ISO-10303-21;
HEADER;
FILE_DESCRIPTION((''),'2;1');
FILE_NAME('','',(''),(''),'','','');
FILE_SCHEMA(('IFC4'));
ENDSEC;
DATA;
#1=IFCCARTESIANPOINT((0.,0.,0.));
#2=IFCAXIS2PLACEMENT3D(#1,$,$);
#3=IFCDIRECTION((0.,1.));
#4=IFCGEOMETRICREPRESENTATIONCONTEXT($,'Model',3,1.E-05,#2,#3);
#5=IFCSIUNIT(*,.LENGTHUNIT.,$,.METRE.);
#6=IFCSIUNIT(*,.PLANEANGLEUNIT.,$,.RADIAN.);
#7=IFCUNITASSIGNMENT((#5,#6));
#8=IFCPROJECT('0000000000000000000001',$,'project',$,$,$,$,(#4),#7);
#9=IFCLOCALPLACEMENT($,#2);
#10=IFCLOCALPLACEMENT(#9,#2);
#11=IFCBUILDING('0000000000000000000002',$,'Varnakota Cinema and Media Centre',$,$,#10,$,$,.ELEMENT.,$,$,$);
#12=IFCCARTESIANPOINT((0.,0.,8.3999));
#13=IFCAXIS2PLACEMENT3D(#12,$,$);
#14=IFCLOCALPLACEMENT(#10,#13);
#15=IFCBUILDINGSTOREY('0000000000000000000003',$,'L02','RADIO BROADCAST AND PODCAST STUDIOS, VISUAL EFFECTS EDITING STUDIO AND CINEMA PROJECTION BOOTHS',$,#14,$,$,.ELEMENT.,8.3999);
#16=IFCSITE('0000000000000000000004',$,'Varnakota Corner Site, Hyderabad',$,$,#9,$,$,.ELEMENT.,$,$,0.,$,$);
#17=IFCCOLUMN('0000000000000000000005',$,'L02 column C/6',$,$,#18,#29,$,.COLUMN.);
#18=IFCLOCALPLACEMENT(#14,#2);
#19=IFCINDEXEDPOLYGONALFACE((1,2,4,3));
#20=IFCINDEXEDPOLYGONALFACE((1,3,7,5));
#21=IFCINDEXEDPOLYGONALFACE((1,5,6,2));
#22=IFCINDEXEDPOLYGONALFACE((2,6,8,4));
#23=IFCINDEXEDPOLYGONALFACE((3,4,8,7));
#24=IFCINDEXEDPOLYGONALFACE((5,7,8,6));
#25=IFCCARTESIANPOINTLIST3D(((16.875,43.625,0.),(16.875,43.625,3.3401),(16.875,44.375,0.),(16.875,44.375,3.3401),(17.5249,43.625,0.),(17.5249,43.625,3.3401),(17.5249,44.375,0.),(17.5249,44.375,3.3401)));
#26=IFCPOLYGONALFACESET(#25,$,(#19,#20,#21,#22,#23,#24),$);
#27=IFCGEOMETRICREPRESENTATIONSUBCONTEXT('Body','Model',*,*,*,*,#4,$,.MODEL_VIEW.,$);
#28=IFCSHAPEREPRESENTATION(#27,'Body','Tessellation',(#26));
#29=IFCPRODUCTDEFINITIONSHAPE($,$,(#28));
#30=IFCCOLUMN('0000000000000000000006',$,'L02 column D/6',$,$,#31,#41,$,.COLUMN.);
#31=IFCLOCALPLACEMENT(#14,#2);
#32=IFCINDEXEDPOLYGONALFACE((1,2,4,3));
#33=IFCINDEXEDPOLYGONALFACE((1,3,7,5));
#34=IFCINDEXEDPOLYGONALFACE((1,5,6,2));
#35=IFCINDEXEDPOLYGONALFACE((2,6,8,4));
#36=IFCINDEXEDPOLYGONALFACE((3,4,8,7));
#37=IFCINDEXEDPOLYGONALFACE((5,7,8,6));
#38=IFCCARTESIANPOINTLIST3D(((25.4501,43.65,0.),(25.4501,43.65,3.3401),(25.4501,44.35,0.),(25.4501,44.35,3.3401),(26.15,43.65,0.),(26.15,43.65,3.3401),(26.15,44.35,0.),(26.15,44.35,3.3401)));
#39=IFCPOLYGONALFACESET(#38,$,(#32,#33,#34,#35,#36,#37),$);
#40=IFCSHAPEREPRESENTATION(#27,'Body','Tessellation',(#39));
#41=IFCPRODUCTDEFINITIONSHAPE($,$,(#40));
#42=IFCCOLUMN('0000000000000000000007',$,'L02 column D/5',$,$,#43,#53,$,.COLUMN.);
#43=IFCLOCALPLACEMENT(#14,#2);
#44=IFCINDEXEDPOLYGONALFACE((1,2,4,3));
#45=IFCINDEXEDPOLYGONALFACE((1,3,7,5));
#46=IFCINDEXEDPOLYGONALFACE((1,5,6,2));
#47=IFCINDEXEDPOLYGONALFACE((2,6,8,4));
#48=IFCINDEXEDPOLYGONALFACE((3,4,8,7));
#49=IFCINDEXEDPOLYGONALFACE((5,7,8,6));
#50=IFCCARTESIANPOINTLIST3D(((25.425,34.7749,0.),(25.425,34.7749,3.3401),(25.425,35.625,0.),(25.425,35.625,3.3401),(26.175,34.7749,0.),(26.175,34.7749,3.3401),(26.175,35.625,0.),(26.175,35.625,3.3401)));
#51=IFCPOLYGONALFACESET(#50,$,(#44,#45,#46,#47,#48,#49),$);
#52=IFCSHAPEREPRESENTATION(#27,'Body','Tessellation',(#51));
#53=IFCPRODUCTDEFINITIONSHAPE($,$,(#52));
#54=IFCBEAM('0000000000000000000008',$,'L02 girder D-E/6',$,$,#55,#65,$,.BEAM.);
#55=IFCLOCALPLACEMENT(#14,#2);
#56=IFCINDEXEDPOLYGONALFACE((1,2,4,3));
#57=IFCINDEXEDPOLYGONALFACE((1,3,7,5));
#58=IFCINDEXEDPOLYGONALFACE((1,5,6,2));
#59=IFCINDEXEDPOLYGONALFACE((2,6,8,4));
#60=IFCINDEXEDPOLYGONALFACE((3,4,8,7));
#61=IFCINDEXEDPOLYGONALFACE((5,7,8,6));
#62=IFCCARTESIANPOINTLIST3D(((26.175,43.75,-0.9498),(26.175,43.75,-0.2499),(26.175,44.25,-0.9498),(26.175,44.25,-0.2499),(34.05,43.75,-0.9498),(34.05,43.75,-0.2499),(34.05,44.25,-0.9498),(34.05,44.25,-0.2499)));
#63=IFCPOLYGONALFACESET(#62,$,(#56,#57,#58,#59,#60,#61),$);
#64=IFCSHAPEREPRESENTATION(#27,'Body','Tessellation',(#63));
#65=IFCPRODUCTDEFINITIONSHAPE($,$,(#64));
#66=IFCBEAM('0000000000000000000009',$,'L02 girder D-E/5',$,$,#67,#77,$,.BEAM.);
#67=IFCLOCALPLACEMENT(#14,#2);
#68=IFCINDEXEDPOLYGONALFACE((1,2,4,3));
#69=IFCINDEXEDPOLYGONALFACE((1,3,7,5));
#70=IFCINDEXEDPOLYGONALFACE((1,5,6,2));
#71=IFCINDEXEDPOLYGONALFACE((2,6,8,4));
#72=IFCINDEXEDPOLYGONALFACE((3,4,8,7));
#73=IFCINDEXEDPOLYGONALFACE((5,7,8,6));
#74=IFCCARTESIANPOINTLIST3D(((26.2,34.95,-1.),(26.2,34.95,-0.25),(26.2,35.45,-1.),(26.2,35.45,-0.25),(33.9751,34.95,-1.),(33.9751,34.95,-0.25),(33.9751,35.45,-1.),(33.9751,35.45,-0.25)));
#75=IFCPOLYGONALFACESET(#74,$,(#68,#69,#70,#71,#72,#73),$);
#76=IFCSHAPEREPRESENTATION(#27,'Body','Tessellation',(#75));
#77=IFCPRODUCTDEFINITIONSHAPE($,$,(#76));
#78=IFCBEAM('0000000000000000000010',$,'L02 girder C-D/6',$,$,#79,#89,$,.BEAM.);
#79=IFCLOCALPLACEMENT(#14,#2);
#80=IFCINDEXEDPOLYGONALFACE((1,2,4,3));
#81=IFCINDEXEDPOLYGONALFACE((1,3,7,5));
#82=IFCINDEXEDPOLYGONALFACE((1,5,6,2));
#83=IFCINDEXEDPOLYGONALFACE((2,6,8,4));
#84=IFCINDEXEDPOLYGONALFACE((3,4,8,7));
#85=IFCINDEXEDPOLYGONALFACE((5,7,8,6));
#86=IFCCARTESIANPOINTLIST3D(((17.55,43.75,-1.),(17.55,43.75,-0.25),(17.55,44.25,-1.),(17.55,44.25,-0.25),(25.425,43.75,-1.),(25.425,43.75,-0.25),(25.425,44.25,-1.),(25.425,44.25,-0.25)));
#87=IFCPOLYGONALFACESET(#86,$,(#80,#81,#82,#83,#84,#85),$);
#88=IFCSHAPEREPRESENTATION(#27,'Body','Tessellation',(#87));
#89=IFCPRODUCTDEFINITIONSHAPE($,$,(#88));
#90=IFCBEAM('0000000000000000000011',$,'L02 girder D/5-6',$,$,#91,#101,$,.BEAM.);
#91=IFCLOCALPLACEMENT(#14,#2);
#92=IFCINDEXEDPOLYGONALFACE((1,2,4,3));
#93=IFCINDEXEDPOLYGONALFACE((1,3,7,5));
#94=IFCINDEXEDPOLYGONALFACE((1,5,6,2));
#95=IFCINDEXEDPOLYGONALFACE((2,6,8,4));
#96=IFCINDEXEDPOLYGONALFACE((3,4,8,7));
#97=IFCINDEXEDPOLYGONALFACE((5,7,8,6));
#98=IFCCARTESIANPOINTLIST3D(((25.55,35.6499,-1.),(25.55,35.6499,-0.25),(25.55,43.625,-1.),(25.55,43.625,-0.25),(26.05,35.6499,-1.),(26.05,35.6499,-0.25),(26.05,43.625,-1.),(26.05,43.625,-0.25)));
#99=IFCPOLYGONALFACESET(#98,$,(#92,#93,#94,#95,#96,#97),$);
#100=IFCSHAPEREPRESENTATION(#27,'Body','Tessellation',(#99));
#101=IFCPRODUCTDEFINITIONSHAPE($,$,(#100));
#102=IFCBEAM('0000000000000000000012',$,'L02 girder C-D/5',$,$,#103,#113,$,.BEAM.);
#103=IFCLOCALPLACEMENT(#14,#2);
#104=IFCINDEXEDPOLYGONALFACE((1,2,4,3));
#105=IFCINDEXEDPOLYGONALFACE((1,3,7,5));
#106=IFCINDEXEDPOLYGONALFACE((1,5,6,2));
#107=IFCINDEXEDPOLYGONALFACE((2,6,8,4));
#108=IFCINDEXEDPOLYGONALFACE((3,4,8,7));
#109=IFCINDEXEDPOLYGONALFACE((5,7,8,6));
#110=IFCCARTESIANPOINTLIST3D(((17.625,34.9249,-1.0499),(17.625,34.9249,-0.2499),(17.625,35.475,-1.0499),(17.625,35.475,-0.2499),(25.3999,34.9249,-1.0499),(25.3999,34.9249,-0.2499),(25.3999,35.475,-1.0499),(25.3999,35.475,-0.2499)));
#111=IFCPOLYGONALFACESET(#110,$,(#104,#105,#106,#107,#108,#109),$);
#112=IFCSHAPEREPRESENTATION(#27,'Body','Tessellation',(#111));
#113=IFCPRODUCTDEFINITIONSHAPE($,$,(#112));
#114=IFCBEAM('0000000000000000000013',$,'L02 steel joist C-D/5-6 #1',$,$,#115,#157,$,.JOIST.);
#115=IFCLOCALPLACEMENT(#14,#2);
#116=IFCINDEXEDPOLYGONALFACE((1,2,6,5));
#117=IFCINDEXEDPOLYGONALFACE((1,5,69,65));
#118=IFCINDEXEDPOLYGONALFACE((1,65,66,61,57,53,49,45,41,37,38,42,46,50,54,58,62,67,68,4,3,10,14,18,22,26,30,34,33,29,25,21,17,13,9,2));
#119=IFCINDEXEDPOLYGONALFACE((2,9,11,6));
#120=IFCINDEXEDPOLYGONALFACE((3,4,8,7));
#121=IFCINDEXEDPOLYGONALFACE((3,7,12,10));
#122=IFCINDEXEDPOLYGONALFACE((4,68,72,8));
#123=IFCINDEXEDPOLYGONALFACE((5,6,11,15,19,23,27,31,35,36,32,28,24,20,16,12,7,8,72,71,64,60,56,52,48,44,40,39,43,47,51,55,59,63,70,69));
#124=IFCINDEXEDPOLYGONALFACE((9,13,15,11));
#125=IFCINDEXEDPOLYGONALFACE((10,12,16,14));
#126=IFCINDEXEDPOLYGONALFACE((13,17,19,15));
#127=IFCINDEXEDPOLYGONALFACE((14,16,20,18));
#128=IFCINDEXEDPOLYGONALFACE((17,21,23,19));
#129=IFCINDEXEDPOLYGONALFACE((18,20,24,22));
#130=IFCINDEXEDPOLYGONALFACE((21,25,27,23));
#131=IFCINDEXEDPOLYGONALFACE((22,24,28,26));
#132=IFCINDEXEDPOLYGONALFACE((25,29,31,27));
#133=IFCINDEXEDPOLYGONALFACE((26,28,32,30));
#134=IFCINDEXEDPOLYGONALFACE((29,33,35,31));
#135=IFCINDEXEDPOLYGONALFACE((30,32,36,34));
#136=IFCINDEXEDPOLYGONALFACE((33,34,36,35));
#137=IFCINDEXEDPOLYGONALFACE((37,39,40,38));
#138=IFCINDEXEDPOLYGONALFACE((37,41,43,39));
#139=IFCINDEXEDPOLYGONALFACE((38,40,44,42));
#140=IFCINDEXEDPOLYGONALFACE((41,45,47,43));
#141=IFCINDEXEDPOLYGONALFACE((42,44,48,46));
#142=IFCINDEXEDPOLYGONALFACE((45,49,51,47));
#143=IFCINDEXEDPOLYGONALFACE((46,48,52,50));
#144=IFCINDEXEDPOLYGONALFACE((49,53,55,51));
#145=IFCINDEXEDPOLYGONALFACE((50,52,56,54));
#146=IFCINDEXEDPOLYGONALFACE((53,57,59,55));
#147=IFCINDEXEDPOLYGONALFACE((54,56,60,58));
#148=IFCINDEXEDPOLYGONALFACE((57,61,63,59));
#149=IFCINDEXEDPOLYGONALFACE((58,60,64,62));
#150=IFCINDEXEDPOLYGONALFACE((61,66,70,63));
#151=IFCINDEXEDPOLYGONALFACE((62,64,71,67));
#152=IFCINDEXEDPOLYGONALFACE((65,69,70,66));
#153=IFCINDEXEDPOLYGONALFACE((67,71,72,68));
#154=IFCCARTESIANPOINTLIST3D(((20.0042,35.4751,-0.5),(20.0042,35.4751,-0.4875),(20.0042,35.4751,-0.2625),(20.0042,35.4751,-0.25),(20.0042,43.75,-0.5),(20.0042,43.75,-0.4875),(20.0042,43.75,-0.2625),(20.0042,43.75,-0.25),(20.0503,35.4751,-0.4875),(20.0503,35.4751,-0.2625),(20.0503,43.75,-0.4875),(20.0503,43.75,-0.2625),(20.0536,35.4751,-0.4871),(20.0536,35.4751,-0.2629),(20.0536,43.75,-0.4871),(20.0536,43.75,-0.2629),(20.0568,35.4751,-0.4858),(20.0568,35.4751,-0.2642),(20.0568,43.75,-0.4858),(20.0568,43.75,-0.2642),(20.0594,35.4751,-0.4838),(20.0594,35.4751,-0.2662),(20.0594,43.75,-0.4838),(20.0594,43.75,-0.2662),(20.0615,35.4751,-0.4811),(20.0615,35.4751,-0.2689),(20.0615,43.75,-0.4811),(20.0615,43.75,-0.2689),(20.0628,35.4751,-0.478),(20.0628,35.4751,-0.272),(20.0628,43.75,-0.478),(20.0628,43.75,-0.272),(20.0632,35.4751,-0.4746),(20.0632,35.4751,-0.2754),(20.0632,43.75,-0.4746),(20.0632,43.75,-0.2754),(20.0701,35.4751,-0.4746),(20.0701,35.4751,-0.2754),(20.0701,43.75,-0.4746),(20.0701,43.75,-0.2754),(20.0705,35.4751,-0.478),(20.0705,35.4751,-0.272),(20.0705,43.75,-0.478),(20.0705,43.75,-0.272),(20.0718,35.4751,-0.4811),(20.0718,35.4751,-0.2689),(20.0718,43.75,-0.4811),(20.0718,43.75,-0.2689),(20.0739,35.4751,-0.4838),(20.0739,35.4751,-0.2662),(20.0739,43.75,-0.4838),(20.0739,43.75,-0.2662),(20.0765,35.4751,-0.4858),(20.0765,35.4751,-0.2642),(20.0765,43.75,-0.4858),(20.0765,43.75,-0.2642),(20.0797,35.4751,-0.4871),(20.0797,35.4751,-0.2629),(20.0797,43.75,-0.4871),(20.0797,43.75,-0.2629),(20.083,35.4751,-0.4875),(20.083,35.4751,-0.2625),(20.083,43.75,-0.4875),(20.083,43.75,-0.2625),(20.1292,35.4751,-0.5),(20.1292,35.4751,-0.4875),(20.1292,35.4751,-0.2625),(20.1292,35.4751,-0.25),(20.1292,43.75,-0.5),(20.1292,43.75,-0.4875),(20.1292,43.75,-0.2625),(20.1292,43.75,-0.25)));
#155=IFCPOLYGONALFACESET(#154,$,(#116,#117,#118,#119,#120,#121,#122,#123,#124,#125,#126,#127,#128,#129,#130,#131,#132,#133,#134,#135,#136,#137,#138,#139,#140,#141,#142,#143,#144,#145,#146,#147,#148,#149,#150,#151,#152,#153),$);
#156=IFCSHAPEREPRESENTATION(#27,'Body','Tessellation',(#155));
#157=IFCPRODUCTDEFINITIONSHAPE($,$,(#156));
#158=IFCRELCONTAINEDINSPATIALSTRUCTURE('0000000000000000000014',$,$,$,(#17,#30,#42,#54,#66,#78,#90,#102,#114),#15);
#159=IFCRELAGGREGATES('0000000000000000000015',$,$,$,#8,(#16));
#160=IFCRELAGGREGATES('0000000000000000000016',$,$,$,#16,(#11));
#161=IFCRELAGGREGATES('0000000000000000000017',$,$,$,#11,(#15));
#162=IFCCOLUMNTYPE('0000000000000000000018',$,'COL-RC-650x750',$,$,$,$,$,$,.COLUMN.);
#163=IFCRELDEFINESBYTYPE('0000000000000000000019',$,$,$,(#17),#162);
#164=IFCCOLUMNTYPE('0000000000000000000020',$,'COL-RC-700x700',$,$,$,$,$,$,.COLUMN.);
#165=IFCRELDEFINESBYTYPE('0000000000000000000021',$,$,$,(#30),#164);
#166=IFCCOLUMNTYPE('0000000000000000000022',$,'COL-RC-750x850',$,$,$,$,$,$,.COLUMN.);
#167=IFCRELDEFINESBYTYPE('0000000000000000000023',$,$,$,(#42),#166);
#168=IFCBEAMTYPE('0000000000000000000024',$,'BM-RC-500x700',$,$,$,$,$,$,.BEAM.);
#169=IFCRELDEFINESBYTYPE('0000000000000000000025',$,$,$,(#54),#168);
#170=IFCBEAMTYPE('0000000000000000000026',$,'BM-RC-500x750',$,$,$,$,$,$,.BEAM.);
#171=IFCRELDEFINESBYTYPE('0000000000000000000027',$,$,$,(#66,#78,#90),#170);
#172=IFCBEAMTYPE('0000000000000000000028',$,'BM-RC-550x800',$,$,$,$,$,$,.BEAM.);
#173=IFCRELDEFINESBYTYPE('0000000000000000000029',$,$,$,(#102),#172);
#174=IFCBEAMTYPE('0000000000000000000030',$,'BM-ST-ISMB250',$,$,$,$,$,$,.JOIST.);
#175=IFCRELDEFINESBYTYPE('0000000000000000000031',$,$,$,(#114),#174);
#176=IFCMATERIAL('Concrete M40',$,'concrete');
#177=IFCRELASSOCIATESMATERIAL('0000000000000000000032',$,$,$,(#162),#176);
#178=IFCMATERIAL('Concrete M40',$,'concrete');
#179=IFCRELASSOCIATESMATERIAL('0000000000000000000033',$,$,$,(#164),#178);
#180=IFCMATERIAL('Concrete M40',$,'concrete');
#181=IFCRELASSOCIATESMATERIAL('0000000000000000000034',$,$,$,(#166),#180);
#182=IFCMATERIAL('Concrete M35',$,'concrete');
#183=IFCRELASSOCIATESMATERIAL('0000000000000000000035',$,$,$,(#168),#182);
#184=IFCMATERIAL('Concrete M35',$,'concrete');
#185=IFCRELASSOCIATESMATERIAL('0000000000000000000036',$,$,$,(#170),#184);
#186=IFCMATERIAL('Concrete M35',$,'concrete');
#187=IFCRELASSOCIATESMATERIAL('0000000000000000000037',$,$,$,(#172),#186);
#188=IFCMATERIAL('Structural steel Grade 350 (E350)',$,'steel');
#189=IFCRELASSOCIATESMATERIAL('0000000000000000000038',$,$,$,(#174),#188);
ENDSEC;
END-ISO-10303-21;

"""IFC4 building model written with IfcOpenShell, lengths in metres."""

from ifc_helpers import new_model, si_unit, direction, frame, origin, origin_2d, place, context, subcontext, project, spatial, rectangle, i_section, extrude, material, material_profile, profile_set, type_object, element, save


model = new_model("IFC4")

# Units and contexts
model_context = context("Model", 3, precision=1e-05, world=origin(), true_north=direction((0.0, 1.0)))
body_context = subcontext(model_context, "Body", "Model", "MODEL_VIEW")
ifc_project = project(units=[si_unit("LENGTHUNIT", "METRE"), si_unit("PLANEANGLEUNIT", "RADIAN")], contexts=[model_context])

# Site, building, storey
site_placement = place(None, origin())
site = spatial("IfcSite", under=ifc_project, at=site_placement, Name="Varnakota Corner Site, Hyderabad", CompositionType="ELEMENT", RefElevation=0.0)
building_placement = place(site_placement, origin())
building = spatial("IfcBuilding", under=site, at=building_placement, Name="Varnakota Cinema and Media Centre", CompositionType="ELEMENT")
storey_placement = place(building_placement, frame((0.0, 0.0, 8.3999)))
storey = spatial("IfcBuildingStorey", under=building, at=storey_placement, Name="L02", Description="RADIO BROADCAST AND PODCAST STUDIOS, VISUAL EFFECTS EDITING STUDIO AND CINEMA PROJECTION BOOTHS", CompositionType="ELEMENT", Elevation=8.3999)

# Columns
ifc_material_1 = material(Name="Concrete M40", Category="concrete")
ifc_material_profile_1 = material_profile(ifc_material_1, rectangle(XDim=0.6499, YDim=0.75, at=origin_2d()), Name="RC 650x750")
ifc_profile_set_1 = profile_set([ifc_material_profile_1], Name="Concrete M40")
column_type_1 = type_object("IfcColumnType", Name="COL-RC-650x750", PredefinedType="COLUMN", material=ifc_profile_set_1)
column_1_placement = place(storey_placement, frame((17.2, 44.0, 0.0), z_axis=(0.0, 0.0, 1.0), x_axis=(1.0, 0.0, 0.0)))
element("IfcColumn", 1, at=column_1_placement, inside=storey, type_object=column_type_1, Name="L02 column C/6", PredefinedType="COLUMN", context=body_context, shape_type="SweptSolid", body=[
    extrude(rectangle(XDim=0.6499, YDim=0.75, at=origin_2d()), origin(), (0.0, 0.0, 1.0), 3.3401),
])
ifc_material_2 = material(Name="Concrete M40", Category="concrete")
ifc_material_profile_2 = material_profile(ifc_material_2, rectangle(XDim=0.7, YDim=0.7, at=origin_2d()), Name="RC 700x700")
ifc_profile_set_2 = profile_set([ifc_material_profile_2], Name="Concrete M40")
column_type_2 = type_object("IfcColumnType", Name="COL-RC-700x700", PredefinedType="COLUMN", material=ifc_profile_set_2)
column_2_placement = place(storey_placement, frame((25.8, 44.0, 0.0), z_axis=(0.0, 0.0, 1.0), x_axis=(1.0, 0.0, 0.0)))
element("IfcColumn", 2, at=column_2_placement, inside=storey, type_object=column_type_2, Name="L02 column D/6", PredefinedType="COLUMN", context=body_context, shape_type="SweptSolid", body=[
    extrude(rectangle(XDim=0.7, YDim=0.7, at=origin_2d()), origin(), (0.0, 0.0, 1.0), 3.3401),
])
ifc_material_3 = material(Name="Concrete M40", Category="concrete")
ifc_material_profile_3 = material_profile(ifc_material_3, rectangle(XDim=0.75, YDim=0.8501, at=origin_2d()), Name="RC 750x850")
ifc_profile_set_3 = profile_set([ifc_material_profile_3], Name="Concrete M40")
column_type_3 = type_object("IfcColumnType", Name="COL-RC-750x850", PredefinedType="COLUMN", material=ifc_profile_set_3)
column_3_placement = place(storey_placement, frame((25.8, 35.2, 0.0), z_axis=(0.0, 0.0, 1.0), x_axis=(1.0, 0.0, 0.0)))
element("IfcColumn", 3, at=column_3_placement, inside=storey, type_object=column_type_3, Name="L02 column D/5", PredefinedType="COLUMN", context=body_context, shape_type="SweptSolid", body=[
    extrude(rectangle(XDim=0.75, YDim=0.8501, at=origin_2d()), origin(), (0.0, 0.0, 1.0), 3.3401),
])

# Beams
ifc_material_4 = material(Name="Concrete M35", Category="concrete")
ifc_material_profile_4 = material_profile(ifc_material_4, rectangle(XDim=0.5, YDim=0.7, at=origin_2d()), Name="RCB 500x700")
ifc_profile_set_4 = profile_set([ifc_material_profile_4], Name="Concrete M35")
beam_type_1 = type_object("IfcBeamType", Name="BM-RC-500x700", PredefinedType="BEAM", material=ifc_profile_set_4)
beam_1_placement = place(storey_placement, frame((26.175, 44.0, -0.5999), z_axis=(1.0, 0.0, 0.0), x_axis=(0.0, 1.0, 0.0)))
element("IfcBeam", 4, at=beam_1_placement, inside=storey, type_object=beam_type_1, Name="L02 girder D-E/6", PredefinedType="BEAM", context=body_context, shape_type="SweptSolid", body=[
    extrude(rectangle(XDim=0.5, YDim=0.7, at=origin_2d()), origin(), (0.0, 0.0, 1.0), 7.875),
])
ifc_material_5 = material(Name="Concrete M35", Category="concrete")
ifc_material_profile_5 = material_profile(ifc_material_5, rectangle(XDim=0.5, YDim=0.75, at=origin_2d()), Name="RCB 500x750")
ifc_profile_set_5 = profile_set([ifc_material_profile_5], Name="Concrete M35")
beam_type_2 = type_object("IfcBeamType", Name="BM-RC-500x750", PredefinedType="BEAM", material=ifc_profile_set_5)
beam_2_placement = place(storey_placement, frame((26.2, 35.2, -0.625), z_axis=(1.0, 0.0, 0.0), x_axis=(0.0, 1.0, 0.0)))
element("IfcBeam", 5, at=beam_2_placement, inside=storey, type_object=beam_type_2, Name="L02 girder D-E/5", PredefinedType="BEAM", context=body_context, shape_type="SweptSolid", body=[
    extrude(rectangle(XDim=0.5, YDim=0.75, at=origin_2d()), origin(), (0.0, 0.0, 1.0), 7.7751),
])
beam_3_placement = place(storey_placement, frame((17.55, 44.0, -0.625), z_axis=(1.0, 0.0, 0.0), x_axis=(0.0, 1.0, 0.0)))
element("IfcBeam", 6, at=beam_3_placement, inside=storey, type_object=beam_type_2, Name="L02 girder C-D/6", PredefinedType="BEAM", context=body_context, shape_type="SweptSolid", body=[
    extrude(rectangle(XDim=0.5, YDim=0.75, at=origin_2d()), origin(), (0.0, 0.0, 1.0), 7.875),
])
beam_4_placement = place(storey_placement, frame((25.8, 35.6499, -0.625), z_axis=(0.0, 1.0, 0.0), x_axis=(-1.0, 0.0, 0.0)))
element("IfcBeam", 7, at=beam_4_placement, inside=storey, type_object=beam_type_2, Name="L02 girder D/5-6", PredefinedType="BEAM", context=body_context, shape_type="SweptSolid", body=[
    extrude(rectangle(XDim=0.5, YDim=0.75, at=origin_2d()), origin(), (0.0, 0.0, 1.0), 7.9751),
])
ifc_material_6 = material(Name="Concrete M35", Category="concrete")
ifc_material_profile_6 = material_profile(ifc_material_6, rectangle(XDim=0.55, YDim=0.8, at=origin_2d()), Name="RCB 550x800")
ifc_profile_set_6 = profile_set([ifc_material_profile_6], Name="Concrete M35")
beam_type_3 = type_object("IfcBeamType", Name="BM-RC-550x800", PredefinedType="BEAM", material=ifc_profile_set_6)
beam_5_placement = place(storey_placement, frame((17.625, 35.2, -0.6499), z_axis=(1.0, 0.0, 0.0), x_axis=(0.0, 1.0, 0.0)))
element("IfcBeam", 8, at=beam_5_placement, inside=storey, type_object=beam_type_3, Name="L02 girder C-D/5", PredefinedType="BEAM", context=body_context, shape_type="SweptSolid", body=[
    extrude(rectangle(XDim=0.55, YDim=0.8, at=origin_2d()), origin(), (0.0, 0.0, 1.0), 7.7749),
])
ifc_material_7 = material(Name="Structural steel Grade 350 (E350)", Category="steel")
ifc_material_profile_7 = material_profile(ifc_material_7, i_section(OverallWidth=0.125, OverallDepth=0.25, WebThickness=0.0068, FlangeThickness=0.0125, FilletRadius=0.0129, at=origin_2d()), Name="ISMB 250")
ifc_profile_set_7 = profile_set([ifc_material_profile_7], Name="Structural steel Grade 350 (E350)")
beam_type_4 = type_object("IfcBeamType", Name="BM-ST-ISMB250", PredefinedType="JOIST", material=ifc_profile_set_7)
for number, where, z_axis, x_axis, name in (
    (9, (20.0667, 35.4751, -0.375), (0.0, 1.0, 0.0), (-1.0, 0.0, 0.0), "L02 steel joist C-D/5-6 #1"),
):
    element("IfcBeam", number, at=place(storey_placement, frame(where, z_axis=z_axis, x_axis=x_axis)), inside=storey, type_object=beam_type_4, Name=name, PredefinedType="JOIST", context=body_context, shape_type="SweptSolid", body=[
        extrude(i_section(OverallWidth=0.125, OverallDepth=0.25, WebThickness=0.0068, FlangeThickness=0.0125, FilletRadius=0.0129, at=origin_2d()), origin(), (0.0, 0.0, 1.0), 8.2749),
    ])

save(model, "model.ifc")
